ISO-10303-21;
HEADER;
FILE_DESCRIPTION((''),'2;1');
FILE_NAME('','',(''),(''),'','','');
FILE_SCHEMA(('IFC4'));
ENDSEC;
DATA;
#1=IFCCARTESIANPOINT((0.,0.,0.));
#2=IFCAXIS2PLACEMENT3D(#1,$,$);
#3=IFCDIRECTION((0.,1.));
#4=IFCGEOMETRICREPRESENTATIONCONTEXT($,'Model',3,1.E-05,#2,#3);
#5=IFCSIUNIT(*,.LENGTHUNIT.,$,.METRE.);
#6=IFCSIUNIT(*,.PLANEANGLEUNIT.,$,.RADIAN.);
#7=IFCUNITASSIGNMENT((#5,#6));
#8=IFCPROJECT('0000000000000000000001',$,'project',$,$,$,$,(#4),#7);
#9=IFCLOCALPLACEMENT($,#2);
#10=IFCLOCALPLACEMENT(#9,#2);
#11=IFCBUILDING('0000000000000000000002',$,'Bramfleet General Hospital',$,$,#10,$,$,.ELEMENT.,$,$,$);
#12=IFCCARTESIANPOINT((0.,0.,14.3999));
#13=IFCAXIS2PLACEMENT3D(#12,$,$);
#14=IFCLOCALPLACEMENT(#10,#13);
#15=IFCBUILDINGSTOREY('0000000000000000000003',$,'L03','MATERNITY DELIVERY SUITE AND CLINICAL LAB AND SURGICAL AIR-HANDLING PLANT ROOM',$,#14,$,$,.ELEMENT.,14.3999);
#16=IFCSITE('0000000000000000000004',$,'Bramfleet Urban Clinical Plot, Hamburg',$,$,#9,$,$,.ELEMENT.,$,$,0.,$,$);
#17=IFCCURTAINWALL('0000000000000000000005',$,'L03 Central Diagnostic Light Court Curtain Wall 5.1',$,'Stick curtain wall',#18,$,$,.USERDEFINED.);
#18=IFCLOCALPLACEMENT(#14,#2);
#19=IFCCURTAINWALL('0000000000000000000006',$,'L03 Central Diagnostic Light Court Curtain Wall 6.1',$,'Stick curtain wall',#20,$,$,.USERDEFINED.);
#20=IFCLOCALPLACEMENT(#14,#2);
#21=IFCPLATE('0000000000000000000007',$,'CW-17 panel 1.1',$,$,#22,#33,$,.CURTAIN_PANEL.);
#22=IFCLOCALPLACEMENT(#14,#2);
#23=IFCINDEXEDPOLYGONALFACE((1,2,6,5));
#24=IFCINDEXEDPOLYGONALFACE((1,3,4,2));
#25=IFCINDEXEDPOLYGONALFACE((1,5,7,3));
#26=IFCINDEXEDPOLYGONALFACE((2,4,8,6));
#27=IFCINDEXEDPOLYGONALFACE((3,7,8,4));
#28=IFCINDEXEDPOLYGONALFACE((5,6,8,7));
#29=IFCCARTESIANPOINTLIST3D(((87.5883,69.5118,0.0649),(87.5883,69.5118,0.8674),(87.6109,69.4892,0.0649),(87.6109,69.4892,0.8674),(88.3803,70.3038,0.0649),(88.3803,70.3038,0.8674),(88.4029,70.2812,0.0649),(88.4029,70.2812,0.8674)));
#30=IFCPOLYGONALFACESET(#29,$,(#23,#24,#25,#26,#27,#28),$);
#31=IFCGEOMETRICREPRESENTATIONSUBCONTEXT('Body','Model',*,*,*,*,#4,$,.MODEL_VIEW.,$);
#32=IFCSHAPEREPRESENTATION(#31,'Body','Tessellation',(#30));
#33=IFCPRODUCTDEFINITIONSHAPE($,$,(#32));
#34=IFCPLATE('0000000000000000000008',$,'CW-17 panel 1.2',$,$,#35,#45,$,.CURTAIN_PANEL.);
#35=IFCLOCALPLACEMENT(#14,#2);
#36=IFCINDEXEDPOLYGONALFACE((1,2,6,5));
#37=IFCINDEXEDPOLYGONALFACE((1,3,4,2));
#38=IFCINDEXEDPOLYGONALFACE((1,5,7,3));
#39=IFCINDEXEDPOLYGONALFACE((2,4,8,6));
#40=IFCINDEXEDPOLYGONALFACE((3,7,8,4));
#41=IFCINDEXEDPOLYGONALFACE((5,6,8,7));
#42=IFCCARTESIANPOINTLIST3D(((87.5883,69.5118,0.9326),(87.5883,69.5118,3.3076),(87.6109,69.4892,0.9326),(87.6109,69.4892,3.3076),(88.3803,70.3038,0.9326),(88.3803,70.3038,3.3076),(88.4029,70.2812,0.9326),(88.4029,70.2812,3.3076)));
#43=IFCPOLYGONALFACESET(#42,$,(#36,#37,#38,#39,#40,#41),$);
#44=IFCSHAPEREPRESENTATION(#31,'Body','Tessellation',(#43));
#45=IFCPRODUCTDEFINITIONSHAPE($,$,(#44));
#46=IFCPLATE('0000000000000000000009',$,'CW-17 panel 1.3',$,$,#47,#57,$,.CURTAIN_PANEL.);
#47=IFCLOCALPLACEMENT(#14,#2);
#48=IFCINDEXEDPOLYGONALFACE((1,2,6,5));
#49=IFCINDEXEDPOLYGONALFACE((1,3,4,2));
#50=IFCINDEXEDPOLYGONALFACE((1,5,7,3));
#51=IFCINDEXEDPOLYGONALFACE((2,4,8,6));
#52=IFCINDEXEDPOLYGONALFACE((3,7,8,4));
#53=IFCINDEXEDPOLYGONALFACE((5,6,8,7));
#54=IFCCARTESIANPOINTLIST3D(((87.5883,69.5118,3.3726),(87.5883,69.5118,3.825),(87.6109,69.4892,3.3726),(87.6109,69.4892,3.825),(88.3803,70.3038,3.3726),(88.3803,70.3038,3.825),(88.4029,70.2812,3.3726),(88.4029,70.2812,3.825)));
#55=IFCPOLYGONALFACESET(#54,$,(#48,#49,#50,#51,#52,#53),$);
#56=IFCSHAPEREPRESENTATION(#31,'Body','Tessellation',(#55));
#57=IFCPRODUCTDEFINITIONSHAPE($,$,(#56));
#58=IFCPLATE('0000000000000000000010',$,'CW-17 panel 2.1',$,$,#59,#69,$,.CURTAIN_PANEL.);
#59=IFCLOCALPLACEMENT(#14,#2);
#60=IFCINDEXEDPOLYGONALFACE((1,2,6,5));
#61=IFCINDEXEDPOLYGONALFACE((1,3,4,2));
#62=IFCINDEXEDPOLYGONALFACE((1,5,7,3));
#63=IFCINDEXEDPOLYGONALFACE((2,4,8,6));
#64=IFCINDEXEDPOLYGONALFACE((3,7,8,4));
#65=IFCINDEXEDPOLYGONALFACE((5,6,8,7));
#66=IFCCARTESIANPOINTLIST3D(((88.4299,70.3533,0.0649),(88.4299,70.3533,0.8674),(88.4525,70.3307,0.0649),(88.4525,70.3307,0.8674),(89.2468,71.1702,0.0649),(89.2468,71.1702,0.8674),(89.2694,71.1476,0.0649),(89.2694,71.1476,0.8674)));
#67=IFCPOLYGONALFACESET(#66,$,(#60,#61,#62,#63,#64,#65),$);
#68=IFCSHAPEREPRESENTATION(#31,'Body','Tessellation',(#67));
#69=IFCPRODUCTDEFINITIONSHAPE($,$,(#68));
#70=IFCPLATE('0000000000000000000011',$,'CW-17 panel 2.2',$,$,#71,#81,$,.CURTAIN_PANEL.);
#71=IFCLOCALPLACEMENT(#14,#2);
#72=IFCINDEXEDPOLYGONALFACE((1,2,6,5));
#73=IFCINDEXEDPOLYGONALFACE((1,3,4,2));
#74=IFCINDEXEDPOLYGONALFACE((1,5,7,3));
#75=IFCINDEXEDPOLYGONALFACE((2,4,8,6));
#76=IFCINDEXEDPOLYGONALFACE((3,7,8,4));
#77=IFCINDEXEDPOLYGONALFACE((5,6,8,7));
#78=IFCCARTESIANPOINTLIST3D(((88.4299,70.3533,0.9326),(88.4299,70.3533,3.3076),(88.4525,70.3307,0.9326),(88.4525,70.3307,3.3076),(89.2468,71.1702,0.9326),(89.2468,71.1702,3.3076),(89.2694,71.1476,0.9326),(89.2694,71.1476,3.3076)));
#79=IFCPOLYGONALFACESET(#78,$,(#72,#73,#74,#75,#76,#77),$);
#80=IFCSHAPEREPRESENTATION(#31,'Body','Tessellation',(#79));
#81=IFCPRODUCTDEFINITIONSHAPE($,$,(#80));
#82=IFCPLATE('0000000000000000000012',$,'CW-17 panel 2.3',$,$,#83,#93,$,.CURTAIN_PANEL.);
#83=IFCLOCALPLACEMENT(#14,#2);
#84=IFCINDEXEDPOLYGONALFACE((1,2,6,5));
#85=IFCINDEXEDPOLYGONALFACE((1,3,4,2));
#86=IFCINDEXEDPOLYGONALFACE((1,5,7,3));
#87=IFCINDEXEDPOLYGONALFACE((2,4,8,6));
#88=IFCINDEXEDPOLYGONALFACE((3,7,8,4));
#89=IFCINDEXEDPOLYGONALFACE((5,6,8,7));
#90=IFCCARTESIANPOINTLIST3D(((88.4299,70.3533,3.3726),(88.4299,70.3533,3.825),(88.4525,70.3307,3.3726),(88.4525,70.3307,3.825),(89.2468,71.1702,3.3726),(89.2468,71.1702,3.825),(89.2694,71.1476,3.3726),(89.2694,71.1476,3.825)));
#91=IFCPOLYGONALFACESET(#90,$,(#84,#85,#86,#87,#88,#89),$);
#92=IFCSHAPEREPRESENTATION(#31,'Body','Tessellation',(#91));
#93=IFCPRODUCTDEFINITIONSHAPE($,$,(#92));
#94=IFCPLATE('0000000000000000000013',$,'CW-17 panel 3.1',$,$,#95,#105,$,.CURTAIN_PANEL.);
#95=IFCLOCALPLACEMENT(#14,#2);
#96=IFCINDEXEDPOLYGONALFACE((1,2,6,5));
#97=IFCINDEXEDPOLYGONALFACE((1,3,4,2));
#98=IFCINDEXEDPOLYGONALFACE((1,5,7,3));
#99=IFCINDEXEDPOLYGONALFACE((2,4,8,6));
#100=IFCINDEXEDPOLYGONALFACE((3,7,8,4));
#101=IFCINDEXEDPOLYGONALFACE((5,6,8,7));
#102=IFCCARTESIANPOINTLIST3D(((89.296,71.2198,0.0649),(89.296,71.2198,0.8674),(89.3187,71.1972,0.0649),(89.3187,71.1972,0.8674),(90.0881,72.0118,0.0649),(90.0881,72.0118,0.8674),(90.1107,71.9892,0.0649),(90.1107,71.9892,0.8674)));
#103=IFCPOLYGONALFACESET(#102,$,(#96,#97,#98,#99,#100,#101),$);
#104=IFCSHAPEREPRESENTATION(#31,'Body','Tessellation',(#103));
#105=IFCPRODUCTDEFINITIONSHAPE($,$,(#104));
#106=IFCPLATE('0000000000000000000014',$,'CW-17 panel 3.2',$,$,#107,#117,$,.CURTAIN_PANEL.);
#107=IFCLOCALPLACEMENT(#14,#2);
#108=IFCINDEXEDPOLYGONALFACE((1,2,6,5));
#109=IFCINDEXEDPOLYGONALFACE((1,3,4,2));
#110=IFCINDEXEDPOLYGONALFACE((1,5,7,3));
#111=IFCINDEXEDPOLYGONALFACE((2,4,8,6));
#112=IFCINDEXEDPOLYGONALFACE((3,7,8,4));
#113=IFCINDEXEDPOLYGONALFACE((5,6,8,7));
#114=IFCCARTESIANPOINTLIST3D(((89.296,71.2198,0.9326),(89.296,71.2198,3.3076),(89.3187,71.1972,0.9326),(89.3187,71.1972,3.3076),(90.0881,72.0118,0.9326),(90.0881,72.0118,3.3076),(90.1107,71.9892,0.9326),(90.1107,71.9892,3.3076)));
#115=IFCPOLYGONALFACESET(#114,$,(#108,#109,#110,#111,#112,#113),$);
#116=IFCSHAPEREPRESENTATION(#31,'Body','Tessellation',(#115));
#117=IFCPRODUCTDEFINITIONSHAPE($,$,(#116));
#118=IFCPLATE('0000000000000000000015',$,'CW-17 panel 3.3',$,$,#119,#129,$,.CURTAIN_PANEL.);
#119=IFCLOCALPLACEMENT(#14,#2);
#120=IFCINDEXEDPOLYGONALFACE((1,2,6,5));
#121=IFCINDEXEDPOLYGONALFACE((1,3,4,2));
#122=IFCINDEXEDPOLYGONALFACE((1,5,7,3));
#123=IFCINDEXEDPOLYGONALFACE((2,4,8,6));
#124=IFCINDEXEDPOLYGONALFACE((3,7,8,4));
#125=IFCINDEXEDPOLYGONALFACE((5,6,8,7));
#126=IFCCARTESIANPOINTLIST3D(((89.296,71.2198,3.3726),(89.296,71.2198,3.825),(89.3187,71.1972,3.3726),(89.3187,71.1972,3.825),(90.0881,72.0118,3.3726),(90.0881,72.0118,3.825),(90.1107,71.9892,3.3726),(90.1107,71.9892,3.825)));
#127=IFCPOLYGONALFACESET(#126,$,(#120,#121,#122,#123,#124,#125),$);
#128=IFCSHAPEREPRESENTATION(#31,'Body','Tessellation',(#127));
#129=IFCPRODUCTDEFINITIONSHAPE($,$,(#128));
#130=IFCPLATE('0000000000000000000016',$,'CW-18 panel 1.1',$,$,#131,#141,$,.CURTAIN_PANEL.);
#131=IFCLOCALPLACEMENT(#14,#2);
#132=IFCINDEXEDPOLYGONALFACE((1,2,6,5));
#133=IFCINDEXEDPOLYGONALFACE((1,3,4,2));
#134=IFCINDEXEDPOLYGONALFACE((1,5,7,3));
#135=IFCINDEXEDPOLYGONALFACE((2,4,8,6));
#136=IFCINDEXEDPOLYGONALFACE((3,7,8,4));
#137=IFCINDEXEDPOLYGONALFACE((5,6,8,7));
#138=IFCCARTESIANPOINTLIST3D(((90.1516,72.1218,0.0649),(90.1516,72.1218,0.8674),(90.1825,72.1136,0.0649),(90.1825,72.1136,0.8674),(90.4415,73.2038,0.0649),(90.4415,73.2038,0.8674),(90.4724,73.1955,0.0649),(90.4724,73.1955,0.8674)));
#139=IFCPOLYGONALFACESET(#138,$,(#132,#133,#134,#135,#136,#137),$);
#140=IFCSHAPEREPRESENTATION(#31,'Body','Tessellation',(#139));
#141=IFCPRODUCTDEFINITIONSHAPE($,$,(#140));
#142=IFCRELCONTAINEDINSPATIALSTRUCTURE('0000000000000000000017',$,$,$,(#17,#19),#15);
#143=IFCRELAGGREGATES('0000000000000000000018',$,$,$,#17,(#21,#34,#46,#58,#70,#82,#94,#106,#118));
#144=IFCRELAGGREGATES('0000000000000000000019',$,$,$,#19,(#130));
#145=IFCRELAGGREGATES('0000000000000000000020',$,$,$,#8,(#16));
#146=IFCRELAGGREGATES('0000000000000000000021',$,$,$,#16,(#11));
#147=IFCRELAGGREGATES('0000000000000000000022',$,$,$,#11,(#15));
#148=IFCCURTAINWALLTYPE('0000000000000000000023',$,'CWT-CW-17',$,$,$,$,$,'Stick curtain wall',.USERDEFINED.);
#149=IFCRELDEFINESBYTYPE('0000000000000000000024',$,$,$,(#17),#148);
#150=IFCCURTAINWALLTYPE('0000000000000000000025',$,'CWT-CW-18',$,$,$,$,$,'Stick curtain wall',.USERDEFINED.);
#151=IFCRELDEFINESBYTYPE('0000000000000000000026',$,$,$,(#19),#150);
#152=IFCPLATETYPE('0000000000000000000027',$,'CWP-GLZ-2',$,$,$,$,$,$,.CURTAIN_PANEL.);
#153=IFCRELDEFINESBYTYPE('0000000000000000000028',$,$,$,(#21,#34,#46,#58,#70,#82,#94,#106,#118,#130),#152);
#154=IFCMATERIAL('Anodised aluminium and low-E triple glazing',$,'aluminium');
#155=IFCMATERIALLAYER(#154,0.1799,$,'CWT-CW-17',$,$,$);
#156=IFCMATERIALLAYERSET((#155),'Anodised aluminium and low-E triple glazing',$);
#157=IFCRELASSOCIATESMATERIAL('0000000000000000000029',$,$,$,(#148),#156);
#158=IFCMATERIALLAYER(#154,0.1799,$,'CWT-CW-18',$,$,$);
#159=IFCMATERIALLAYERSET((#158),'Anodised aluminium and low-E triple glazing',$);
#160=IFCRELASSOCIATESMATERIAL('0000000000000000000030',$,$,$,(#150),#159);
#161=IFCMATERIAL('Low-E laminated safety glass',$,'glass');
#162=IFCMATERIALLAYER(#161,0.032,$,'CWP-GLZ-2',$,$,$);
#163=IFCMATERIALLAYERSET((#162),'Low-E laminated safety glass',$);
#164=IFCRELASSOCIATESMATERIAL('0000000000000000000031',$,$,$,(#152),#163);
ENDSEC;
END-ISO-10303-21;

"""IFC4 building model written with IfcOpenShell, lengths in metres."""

from ifc_helpers import new_model, si_unit, direction, frame, origin, origin_2d, place, context, subcontext, project, spatial, rectangle, extrude, material, layer, layer_set, type_object, element, aggregate, save


model = new_model("IFC4")

# Units and contexts
model_context = context("Model", 3, precision=1e-05, world=origin(), true_north=direction((0.0, 1.0)))
body_context = subcontext(model_context, "Body", "Model", "MODEL_VIEW")
ifc_project = project(units=[si_unit("LENGTHUNIT", "METRE"), si_unit("PLANEANGLEUNIT", "RADIAN")], contexts=[model_context])

# Site, building, storey
site_placement = place(None, origin())
site = spatial("IfcSite", under=ifc_project, at=site_placement, Name="Bramfleet Urban Clinical Plot, Hamburg", CompositionType="ELEMENT", RefElevation=0.0)
building_placement = place(site_placement, origin())
building = spatial("IfcBuilding", under=site, at=building_placement, Name="Bramfleet General Hospital", CompositionType="ELEMENT")
storey_placement = place(building_placement, frame((0.0, 0.0, 14.3999)))
storey = spatial("IfcBuildingStorey", under=building, at=storey_placement, Name="L03", Description="MATERNITY DELIVERY SUITE AND CLINICAL LAB AND SURGICAL AIR-HANDLING PLANT ROOM", CompositionType="ELEMENT", Elevation=14.3999)

# Shared definitions
ifc_material_1 = material(Name="Anodised aluminium and low-E triple glazing", Category="aluminium")

# Curtain wall
ifc_layer_1 = layer(ifc_material_1, 0.1799, Name="CWT-CW-17")
ifc_layer_set_1 = layer_set([ifc_layer_1], Name="Anodised aluminium and low-E triple glazing")
curtain_wall_type_1 = type_object("IfcCurtainWallType", Name="CWT-CW-17", ElementType="Stick curtain wall", PredefinedType="USERDEFINED", material=ifc_layer_set_1)
curtain_wall_1_placement = place(storey_placement, origin())
curtain_wall_1 = element("IfcCurtainWall", 1, at=curtain_wall_1_placement, inside=storey, type_object=curtain_wall_type_1, Name="L03 Central Diagnostic Light Court Curtain Wall 5.1", ObjectType="Stick curtain wall", PredefinedType="USERDEFINED")

# Curtain wall
ifc_layer_2 = layer(ifc_material_1, 0.1799, Name="CWT-CW-18")
ifc_layer_set_2 = layer_set([ifc_layer_2], Name="Anodised aluminium and low-E triple glazing")
curtain_wall_type_2 = type_object("IfcCurtainWallType", Name="CWT-CW-18", ElementType="Stick curtain wall", PredefinedType="USERDEFINED", material=ifc_layer_set_2)
curtain_wall_2_placement = place(storey_placement, origin())
curtain_wall_2 = element("IfcCurtainWall", 2, at=curtain_wall_2_placement, inside=storey, type_object=curtain_wall_type_2, Name="L03 Central Diagnostic Light Court Curtain Wall 6.1", ObjectType="Stick curtain wall", PredefinedType="USERDEFINED")

# Plates
ifc_material_2 = material(Name="Low-E laminated safety glass", Category="glass")
ifc_layer_3 = layer(ifc_material_2, 0.032, Name="CWP-GLZ-2")
ifc_layer_set_3 = layer_set([ifc_layer_3], Name="Low-E laminated safety glass")
plate_type = type_object("IfcPlateType", Name="CWP-GLZ-2", PredefinedType="CURTAIN_PANEL", material=ifc_layer_set_3)
plate_1_placement = place(storey_placement, frame((87.9956, 69.8965, 0.0649), z_axis=(0.0, 0.0, 1.0), x_axis=(0.707107, 0.707107, 0.0)))
plate_1 = element("IfcPlate", 3, at=plate_1_placement, type_object=plate_type, Name="CW-17 panel 1.1", PredefinedType="CURTAIN_PANEL", context=body_context, shape_type="SweptSolid", body=[
    extrude(rectangle(XDim=1.1201, YDim=0.032, at=origin_2d()), origin(), (0.0, 0.0, 1.0), 0.8025),
])
plate_2_placement = place(storey_placement, frame((87.9956, 69.8965, 0.9326), z_axis=(0.0, 0.0, 1.0), x_axis=(0.707107, 0.707107, 0.0)))
plate_2 = element("IfcPlate", 4, at=plate_2_placement, type_object=plate_type, Name="CW-17 panel 1.2", PredefinedType="CURTAIN_PANEL", context=body_context, shape_type="SweptSolid", body=[
    extrude(rectangle(XDim=1.1201, YDim=0.032, at=origin_2d()), origin(), (0.0, 0.0, 1.0), 2.375),
])
plate_3_placement = place(storey_placement, frame((87.9956, 69.8965, 3.3726), z_axis=(0.0, 0.0, 1.0), x_axis=(0.707107, 0.707107, 0.0)))
plate_3 = element("IfcPlate", 5, at=plate_3_placement, type_object=plate_type, Name="CW-17 panel 1.3", PredefinedType="CURTAIN_PANEL", context=body_context, shape_type="SweptSolid", body=[
    extrude(rectangle(XDim=1.1201, YDim=0.032, at=origin_2d()), origin(), (0.0, 0.0, 1.0), 0.4524),
])
plate_4_placement = place(storey_placement, frame((88.8496, 70.7505, 0.0649), z_axis=(0.0, 0.0, 1.0), x_axis=(0.707107, 0.707107, 0.0)))
plate_4 = element("IfcPlate", 6, at=plate_4_placement, type_object=plate_type, Name="CW-17 panel 2.1", PredefinedType="CURTAIN_PANEL", context=body_context, shape_type="SweptSolid", body=[
    extrude(rectangle(XDim=1.1553, YDim=0.032, at=origin_2d()), origin(), (0.0, 0.0, 1.0), 0.8025),
])
plate_5_placement = place(storey_placement, frame((88.8496, 70.7505, 0.9326), z_axis=(0.0, 0.0, 1.0), x_axis=(0.707107, 0.707107, 0.0)))
plate_5 = element("IfcPlate", 7, at=plate_5_placement, type_object=plate_type, Name="CW-17 panel 2.2", PredefinedType="CURTAIN_PANEL", context=body_context, shape_type="SweptSolid", body=[
    extrude(rectangle(XDim=1.1553, YDim=0.032, at=origin_2d()), origin(), (0.0, 0.0, 1.0), 2.375),
])
plate_6_placement = place(storey_placement, frame((88.8496, 70.7505, 3.3726), z_axis=(0.0, 0.0, 1.0), x_axis=(0.707107, 0.707107, 0.0)))
plate_6 = element("IfcPlate", 8, at=plate_6_placement, type_object=plate_type, Name="CW-17 panel 2.3", PredefinedType="CURTAIN_PANEL", context=body_context, shape_type="SweptSolid", body=[
    extrude(rectangle(XDim=1.1553, YDim=0.032, at=origin_2d()), origin(), (0.0, 0.0, 1.0), 0.4524),
])
plate_7_placement = place(storey_placement, frame((89.7034, 71.6045, 0.0649), z_axis=(0.0, 0.0, 1.0), x_axis=(0.707107, 0.707107, 0.0)))
plate_7 = element("IfcPlate", 9, at=plate_7_placement, type_object=plate_type, Name="CW-17 panel 3.1", PredefinedType="CURTAIN_PANEL", context=body_context, shape_type="SweptSolid", body=[
    extrude(rectangle(XDim=1.1201, YDim=0.032, at=origin_2d()), origin(), (0.0, 0.0, 1.0), 0.8025),
])
plate_8_placement = place(storey_placement, frame((89.7034, 71.6045, 0.9326), z_axis=(0.0, 0.0, 1.0), x_axis=(0.707107, 0.707107, 0.0)))
plate_8 = element("IfcPlate", 10, at=plate_8_placement, type_object=plate_type, Name="CW-17 panel 3.2", PredefinedType="CURTAIN_PANEL", context=body_context, shape_type="SweptSolid", body=[
    extrude(rectangle(XDim=1.1201, YDim=0.032, at=origin_2d()), origin(), (0.0, 0.0, 1.0), 2.375),
])
plate_9_placement = place(storey_placement, frame((89.7034, 71.6045, 3.3726), z_axis=(0.0, 0.0, 1.0), x_axis=(0.707107, 0.707107, 0.0)))
plate_9 = element("IfcPlate", 11, at=plate_9_placement, type_object=plate_type, Name="CW-17 panel 3.3", PredefinedType="CURTAIN_PANEL", context=body_context, shape_type="SweptSolid", body=[
    extrude(rectangle(XDim=1.1201, YDim=0.032, at=origin_2d()), origin(), (0.0, 0.0, 1.0), 0.4524),
])
aggregate(curtain_wall_1, [plate_1, plate_2, plate_3, plate_4, plate_5, plate_6, plate_7, plate_8, plate_9])
plate_10_placement = place(storey_placement, frame((90.312, 72.6587, 0.0649), z_axis=(0.0, 0.0, 1.0), x_axis=(0.258763, 0.965941, 0.0)))
plate_10 = element("IfcPlate", 12, at=plate_10_placement, type_object=plate_type, Name="CW-18 panel 1.1", PredefinedType="CURTAIN_PANEL", context=body_context, shape_type="SweptSolid", body=[
    extrude(rectangle(XDim=1.1201, YDim=0.032, at=origin_2d()), origin(), (0.0, 0.0, 1.0), 0.8025),
])
aggregate(curtain_wall_2, [plate_10])

save(model, "model.ifc")
